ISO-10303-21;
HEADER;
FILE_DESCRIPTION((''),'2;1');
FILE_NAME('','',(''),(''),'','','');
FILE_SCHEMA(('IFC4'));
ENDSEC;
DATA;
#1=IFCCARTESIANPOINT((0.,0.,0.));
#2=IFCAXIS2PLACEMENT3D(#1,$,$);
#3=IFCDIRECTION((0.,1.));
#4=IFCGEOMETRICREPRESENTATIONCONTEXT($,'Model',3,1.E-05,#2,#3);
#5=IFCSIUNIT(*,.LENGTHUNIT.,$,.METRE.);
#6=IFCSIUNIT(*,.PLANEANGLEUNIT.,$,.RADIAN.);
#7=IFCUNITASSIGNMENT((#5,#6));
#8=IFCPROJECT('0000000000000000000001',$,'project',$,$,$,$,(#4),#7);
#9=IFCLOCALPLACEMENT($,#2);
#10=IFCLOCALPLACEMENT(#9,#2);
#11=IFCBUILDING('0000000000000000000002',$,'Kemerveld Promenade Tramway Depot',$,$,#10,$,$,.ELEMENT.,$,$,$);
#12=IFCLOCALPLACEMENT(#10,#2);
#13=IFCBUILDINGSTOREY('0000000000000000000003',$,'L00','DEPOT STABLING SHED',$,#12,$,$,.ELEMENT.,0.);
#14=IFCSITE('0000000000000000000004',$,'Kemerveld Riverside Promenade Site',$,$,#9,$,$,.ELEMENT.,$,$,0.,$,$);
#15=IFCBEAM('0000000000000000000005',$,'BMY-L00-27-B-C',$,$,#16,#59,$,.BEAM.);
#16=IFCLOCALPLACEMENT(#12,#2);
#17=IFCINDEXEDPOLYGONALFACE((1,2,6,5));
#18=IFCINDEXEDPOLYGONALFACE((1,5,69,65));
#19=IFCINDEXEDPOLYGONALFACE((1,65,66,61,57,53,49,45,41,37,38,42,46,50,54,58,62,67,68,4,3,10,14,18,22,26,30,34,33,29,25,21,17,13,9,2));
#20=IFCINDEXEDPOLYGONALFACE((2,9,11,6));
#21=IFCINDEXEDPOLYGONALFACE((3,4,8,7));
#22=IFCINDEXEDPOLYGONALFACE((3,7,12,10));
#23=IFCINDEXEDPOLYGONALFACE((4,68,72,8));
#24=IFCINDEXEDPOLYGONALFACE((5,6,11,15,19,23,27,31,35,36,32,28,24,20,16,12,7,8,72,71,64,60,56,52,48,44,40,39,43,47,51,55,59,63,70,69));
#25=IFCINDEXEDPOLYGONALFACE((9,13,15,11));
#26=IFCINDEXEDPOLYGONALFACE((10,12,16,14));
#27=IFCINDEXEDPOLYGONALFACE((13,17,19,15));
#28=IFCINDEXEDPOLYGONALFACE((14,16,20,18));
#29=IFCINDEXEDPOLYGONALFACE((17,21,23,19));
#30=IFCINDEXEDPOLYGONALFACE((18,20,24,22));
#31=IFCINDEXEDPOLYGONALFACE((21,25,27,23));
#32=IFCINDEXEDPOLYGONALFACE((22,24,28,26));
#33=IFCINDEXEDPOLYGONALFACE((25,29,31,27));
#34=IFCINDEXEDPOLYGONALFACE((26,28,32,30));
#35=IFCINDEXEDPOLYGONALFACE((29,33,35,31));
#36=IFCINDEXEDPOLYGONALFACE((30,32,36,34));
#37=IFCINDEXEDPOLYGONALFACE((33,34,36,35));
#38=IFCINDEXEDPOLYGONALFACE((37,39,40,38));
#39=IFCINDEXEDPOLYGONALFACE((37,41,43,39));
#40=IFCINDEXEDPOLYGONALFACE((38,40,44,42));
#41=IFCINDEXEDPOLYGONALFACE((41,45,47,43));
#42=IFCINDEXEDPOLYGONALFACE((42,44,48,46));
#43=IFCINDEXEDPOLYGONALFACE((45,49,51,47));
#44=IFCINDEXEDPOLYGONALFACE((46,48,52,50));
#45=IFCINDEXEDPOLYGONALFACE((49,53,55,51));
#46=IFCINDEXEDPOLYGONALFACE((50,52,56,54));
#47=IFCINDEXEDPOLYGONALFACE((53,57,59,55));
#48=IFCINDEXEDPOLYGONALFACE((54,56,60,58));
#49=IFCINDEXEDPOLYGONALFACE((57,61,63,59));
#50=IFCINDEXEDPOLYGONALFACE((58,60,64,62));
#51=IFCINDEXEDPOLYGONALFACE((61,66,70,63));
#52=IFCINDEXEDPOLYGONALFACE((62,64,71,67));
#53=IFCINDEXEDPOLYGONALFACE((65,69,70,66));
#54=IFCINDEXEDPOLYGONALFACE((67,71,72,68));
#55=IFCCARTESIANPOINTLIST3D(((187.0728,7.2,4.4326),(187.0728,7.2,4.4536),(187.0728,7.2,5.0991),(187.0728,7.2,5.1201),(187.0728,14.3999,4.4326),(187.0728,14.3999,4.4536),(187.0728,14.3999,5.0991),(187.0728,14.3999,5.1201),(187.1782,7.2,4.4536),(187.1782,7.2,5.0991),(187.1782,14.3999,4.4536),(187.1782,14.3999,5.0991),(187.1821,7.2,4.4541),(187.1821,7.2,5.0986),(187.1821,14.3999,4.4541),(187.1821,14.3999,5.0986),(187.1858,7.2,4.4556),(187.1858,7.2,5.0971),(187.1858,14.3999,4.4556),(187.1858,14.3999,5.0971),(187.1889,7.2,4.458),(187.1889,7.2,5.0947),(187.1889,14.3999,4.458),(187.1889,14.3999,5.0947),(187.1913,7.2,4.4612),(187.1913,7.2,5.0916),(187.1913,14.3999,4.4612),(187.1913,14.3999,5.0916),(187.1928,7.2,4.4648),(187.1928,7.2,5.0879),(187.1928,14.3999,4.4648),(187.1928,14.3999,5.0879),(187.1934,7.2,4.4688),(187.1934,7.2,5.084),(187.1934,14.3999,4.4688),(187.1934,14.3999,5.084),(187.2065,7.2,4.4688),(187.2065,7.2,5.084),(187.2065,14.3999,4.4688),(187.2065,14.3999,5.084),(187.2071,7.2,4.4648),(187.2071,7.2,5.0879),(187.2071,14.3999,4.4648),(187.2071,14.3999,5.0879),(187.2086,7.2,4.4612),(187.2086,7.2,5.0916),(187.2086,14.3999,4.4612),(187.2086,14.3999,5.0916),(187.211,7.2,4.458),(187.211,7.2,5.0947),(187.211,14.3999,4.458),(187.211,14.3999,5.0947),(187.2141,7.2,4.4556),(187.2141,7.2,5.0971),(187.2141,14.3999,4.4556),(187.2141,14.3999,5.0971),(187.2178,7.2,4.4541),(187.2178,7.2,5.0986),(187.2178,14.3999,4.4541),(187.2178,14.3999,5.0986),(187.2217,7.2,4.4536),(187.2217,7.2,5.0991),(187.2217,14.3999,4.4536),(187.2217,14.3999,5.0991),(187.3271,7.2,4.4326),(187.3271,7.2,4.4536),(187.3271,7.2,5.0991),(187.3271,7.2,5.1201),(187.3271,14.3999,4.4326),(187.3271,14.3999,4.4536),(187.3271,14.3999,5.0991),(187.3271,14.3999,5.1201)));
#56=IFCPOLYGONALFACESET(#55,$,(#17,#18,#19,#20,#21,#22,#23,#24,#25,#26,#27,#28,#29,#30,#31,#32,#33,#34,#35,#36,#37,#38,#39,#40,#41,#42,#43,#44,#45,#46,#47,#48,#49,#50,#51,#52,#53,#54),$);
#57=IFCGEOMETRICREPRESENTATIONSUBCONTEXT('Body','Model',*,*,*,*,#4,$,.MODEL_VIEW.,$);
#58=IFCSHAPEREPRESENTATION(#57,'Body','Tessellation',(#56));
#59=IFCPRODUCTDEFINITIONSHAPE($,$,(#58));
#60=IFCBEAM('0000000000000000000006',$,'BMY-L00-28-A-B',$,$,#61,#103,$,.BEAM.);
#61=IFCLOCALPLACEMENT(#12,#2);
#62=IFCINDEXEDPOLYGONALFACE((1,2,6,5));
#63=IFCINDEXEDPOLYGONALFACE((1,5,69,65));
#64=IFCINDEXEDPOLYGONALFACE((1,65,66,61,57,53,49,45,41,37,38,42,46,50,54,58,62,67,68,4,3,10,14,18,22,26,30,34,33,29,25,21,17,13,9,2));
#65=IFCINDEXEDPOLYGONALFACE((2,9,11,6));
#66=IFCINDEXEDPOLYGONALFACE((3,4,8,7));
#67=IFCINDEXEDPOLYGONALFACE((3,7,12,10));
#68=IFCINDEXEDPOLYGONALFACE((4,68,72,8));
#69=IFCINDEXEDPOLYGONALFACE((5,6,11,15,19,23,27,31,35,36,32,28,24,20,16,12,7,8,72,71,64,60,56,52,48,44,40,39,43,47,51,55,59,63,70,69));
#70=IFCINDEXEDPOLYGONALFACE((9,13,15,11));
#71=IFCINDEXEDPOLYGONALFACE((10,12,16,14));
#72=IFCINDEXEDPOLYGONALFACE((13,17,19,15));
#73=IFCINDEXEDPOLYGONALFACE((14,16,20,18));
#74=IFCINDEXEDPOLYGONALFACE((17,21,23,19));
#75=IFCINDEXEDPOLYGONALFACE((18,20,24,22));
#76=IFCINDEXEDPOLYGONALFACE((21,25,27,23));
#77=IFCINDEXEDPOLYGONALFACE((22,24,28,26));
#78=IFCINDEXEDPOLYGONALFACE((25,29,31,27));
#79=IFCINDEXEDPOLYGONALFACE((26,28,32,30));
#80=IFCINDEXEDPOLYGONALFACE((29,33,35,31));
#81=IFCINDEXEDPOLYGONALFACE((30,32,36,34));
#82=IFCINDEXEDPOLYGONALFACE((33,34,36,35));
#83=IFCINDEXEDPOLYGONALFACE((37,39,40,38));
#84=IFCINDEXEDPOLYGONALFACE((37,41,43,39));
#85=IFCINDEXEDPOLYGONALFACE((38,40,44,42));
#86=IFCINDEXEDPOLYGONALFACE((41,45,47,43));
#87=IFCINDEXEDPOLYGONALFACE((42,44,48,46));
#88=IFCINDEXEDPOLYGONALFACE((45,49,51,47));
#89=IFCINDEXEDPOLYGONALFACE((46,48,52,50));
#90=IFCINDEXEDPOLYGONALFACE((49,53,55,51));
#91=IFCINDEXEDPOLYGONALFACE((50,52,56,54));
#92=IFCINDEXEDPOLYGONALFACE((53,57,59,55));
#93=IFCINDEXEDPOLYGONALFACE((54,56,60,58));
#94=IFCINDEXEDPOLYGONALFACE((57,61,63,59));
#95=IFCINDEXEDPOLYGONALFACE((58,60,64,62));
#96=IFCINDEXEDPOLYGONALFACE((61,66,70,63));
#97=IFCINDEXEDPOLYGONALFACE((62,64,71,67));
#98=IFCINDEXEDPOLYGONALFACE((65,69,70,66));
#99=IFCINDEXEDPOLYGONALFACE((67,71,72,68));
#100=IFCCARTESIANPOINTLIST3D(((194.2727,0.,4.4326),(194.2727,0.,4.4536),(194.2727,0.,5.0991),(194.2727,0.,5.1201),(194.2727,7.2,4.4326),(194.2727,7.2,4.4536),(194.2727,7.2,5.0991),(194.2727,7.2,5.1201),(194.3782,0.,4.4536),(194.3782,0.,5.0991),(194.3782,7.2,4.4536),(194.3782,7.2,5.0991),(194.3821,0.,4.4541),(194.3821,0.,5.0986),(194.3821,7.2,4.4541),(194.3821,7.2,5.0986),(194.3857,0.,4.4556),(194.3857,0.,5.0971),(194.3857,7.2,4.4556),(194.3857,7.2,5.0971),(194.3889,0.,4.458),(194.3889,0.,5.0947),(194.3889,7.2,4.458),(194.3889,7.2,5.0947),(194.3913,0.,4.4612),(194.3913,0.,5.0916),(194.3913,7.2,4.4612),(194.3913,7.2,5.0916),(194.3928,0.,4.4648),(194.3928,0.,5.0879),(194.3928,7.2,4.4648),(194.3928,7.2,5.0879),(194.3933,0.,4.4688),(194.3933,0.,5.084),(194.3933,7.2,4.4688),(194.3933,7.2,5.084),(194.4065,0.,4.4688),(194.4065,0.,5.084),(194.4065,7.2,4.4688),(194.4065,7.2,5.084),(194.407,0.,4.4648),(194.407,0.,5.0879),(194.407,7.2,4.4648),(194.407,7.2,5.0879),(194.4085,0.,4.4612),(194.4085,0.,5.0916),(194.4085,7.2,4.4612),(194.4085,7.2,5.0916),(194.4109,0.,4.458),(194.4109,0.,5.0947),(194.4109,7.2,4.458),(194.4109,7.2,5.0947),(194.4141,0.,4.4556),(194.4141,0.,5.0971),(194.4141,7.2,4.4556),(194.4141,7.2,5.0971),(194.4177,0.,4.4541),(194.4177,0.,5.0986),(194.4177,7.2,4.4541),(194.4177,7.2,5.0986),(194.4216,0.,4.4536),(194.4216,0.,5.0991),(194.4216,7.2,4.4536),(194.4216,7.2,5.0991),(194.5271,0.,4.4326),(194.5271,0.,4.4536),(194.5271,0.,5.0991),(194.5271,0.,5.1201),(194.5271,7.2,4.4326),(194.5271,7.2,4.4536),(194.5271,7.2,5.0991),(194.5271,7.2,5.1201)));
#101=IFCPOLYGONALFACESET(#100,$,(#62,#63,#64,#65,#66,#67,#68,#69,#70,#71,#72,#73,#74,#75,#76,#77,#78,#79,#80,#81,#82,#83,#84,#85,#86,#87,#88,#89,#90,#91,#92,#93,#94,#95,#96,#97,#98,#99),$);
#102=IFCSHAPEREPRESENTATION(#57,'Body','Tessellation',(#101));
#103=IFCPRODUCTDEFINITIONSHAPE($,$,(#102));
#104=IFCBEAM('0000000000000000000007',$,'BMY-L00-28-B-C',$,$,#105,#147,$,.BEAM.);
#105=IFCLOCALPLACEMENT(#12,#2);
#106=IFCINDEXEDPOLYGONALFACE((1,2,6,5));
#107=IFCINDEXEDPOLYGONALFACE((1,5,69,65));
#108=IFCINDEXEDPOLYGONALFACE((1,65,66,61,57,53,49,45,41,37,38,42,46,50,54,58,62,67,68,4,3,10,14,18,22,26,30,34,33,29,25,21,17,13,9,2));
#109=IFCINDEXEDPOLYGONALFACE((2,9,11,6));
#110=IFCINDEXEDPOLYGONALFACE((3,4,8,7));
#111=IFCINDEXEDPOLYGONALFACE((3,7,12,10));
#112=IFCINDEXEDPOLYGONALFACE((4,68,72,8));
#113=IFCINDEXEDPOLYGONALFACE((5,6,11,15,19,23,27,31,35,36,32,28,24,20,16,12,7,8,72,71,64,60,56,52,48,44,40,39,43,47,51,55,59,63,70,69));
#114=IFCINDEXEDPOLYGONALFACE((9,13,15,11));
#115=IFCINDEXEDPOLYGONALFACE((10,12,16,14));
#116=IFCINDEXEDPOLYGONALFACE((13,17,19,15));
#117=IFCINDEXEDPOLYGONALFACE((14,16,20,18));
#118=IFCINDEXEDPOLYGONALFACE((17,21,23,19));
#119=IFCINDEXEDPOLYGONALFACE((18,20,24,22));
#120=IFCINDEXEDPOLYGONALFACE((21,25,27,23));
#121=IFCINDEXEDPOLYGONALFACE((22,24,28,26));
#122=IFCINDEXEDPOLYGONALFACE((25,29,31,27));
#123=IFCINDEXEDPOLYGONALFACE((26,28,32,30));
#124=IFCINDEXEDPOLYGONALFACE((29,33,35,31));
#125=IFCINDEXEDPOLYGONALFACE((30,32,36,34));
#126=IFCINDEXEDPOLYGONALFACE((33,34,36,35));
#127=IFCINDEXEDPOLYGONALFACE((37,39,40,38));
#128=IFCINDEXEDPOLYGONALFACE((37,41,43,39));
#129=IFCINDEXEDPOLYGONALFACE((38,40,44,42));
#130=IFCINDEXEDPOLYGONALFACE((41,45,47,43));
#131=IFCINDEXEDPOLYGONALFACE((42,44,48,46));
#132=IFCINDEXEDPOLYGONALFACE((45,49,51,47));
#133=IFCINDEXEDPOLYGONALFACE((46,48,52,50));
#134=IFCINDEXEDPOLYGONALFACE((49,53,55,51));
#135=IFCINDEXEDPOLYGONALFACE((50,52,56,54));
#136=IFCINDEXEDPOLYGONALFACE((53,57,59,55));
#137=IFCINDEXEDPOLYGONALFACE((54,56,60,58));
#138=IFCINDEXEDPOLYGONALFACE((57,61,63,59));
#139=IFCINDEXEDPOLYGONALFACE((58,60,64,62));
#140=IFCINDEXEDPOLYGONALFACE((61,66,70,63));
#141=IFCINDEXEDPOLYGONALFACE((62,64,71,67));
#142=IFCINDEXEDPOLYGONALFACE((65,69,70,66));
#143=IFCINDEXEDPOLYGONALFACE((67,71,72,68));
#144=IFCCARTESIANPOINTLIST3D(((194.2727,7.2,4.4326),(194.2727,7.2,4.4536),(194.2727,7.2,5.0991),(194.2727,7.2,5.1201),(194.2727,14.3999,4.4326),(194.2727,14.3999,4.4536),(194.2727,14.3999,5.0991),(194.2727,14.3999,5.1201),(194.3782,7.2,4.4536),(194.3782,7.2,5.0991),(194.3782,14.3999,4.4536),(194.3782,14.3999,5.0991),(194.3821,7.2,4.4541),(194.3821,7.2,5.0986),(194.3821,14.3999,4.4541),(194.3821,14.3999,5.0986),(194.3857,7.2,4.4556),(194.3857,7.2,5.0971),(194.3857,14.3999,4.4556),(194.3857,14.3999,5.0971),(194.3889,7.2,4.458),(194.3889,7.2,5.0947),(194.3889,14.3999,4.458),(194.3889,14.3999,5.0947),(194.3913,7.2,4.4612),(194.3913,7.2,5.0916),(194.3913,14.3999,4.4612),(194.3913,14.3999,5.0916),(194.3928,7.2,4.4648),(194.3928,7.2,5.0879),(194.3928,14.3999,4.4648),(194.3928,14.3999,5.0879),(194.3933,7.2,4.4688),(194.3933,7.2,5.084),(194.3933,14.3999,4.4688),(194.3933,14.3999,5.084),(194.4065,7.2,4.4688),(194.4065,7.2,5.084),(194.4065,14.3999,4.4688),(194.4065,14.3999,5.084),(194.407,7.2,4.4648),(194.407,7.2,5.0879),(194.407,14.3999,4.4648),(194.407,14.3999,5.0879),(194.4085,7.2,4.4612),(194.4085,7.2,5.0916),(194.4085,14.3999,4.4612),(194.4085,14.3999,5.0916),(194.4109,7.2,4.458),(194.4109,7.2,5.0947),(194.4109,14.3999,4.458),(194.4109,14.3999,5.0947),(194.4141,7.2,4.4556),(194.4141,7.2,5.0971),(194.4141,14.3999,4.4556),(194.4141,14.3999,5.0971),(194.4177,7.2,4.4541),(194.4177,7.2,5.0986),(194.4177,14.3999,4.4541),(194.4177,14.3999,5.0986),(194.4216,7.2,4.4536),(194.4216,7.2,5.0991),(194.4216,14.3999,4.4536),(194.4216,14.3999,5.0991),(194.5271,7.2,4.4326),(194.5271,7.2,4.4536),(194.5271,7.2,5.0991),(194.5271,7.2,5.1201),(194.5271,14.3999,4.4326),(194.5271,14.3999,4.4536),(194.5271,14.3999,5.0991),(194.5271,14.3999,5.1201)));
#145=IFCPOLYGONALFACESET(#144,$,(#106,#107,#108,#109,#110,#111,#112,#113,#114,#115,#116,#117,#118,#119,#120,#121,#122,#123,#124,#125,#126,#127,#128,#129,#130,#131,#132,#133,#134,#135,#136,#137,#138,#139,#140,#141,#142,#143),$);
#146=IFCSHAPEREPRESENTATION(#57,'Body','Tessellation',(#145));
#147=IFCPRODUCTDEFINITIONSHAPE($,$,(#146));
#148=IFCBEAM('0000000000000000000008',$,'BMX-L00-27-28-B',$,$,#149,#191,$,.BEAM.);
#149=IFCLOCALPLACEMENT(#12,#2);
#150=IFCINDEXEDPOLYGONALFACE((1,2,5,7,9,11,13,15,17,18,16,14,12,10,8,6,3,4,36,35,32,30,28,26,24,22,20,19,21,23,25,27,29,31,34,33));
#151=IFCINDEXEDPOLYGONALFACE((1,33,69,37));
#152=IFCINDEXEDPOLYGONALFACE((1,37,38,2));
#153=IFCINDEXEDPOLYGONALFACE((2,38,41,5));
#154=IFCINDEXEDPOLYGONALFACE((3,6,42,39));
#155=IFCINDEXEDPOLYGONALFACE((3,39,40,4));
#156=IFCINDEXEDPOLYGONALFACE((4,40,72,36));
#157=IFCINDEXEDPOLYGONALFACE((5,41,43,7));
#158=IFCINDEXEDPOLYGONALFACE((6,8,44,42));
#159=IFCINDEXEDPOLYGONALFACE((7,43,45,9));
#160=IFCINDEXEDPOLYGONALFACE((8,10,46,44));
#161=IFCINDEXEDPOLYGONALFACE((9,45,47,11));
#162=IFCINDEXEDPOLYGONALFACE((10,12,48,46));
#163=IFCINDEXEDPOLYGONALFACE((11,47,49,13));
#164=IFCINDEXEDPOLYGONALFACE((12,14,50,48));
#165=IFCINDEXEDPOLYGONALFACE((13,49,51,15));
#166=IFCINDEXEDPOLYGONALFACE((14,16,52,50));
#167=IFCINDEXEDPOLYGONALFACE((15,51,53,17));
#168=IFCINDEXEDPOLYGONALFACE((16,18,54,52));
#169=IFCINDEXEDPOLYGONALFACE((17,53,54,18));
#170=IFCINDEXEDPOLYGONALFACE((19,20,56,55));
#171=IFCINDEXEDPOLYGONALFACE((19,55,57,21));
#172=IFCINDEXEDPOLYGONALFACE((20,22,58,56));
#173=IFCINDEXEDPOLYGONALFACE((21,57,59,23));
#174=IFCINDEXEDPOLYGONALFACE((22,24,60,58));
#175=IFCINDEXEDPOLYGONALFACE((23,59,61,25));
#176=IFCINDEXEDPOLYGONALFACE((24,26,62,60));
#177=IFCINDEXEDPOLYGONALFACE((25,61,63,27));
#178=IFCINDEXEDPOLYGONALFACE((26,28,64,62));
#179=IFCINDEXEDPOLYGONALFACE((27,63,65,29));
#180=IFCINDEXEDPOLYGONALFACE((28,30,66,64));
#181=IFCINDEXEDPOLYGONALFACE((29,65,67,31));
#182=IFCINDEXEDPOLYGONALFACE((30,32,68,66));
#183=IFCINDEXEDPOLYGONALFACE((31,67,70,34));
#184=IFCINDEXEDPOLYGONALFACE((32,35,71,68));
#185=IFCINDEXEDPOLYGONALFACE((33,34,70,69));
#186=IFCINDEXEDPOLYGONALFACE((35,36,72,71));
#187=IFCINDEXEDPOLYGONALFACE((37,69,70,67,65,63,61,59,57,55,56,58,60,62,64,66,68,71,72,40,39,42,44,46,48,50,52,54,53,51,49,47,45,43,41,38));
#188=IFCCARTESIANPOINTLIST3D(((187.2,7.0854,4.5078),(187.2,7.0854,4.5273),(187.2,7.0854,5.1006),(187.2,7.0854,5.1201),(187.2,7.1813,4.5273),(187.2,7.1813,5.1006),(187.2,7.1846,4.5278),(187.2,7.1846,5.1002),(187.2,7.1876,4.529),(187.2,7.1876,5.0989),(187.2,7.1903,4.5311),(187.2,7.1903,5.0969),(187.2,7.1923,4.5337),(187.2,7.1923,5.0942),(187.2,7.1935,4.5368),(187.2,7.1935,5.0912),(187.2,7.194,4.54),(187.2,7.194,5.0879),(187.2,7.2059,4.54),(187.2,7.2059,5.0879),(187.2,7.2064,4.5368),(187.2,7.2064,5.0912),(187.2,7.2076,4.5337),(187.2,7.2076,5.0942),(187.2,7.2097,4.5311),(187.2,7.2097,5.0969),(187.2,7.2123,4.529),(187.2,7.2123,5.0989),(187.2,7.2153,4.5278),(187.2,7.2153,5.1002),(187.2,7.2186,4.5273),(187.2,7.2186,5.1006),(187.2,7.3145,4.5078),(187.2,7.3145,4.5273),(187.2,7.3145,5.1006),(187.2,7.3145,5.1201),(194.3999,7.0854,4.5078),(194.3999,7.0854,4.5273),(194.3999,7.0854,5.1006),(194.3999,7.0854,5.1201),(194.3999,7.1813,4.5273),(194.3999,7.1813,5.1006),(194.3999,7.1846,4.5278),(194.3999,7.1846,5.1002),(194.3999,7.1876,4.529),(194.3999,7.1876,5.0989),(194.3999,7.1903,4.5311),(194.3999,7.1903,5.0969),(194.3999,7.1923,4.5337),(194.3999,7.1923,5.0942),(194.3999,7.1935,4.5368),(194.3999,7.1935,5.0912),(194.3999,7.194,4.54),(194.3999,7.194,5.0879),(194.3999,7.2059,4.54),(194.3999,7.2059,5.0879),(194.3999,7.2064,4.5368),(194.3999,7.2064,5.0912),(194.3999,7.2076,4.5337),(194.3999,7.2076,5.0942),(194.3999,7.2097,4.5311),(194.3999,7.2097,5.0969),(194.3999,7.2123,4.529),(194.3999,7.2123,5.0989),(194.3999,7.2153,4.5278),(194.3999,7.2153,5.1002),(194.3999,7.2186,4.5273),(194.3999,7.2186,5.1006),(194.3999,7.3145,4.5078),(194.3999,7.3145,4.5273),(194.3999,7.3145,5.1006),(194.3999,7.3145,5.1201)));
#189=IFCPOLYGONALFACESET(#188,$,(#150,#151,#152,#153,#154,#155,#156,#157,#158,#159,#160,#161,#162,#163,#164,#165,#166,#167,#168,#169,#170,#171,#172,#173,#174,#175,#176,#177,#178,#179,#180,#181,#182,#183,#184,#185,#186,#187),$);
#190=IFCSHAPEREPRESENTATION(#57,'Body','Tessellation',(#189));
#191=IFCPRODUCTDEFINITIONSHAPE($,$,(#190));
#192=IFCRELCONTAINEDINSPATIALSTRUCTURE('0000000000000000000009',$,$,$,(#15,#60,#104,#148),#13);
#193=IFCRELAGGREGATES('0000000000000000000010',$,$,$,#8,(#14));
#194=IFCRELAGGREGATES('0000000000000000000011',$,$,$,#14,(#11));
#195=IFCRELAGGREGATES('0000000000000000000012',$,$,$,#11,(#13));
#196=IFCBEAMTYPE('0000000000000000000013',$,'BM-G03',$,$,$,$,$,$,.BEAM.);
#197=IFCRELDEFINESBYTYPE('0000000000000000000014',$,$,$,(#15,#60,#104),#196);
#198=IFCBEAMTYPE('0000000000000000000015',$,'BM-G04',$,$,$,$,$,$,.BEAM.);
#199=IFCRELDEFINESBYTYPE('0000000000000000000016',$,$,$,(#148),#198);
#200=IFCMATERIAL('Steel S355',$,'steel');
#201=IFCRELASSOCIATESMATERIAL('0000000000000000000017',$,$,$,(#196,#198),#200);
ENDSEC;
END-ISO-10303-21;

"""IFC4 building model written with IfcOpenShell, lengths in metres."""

from ifc_helpers import new_model, si_unit, direction, frame, origin, origin_2d, place, context, subcontext, project, spatial, i_section, extrude, material, material_profile, profile_set, type_object, element, save


model = new_model("IFC4")

# Units and contexts
model_context = context("Model", 3, precision=1e-05, world=origin(), true_north=direction((0.0, 1.0)))
body_context = subcontext(model_context, "Body", "Model", "MODEL_VIEW")
ifc_project = project(units=[si_unit("LENGTHUNIT", "METRE"), si_unit("PLANEANGLEUNIT", "RADIAN")], contexts=[model_context])

# Site, building, storey
site_placement = place(None, origin())
site = spatial("IfcSite", under=ifc_project, at=site_placement, Name="Kemerveld Riverside Promenade Site", CompositionType="ELEMENT", RefElevation=0.0)
building_placement = place(site_placement, origin())
building = spatial("IfcBuilding", under=site, at=building_placement, Name="Kemerveld Promenade Tramway Depot", CompositionType="ELEMENT")
storey_placement = place(building_placement, origin())
storey = spatial("IfcBuildingStorey", under=building, at=storey_placement, Name="L00", Description="DEPOT STABLING SHED", CompositionType="ELEMENT", Elevation=0.0)

# Shared definitions
ifc_material_1 = material(Name="Steel S355", Category="steel")

# Beams
ifc_material_profile_1 = material_profile(ifc_material_1, i_section(OverallWidth=0.2544, OverallDepth=0.6875, WebThickness=0.0132, FlangeThickness=0.021, FilletRadius=0.0151, at=origin_2d()), Name="686x254x152 UB")
ifc_profile_set_1 = profile_set([ifc_material_profile_1], Name="Steel S355")
beam_type_1 = type_object("IfcBeamType", Name="BM-G03", PredefinedType="BEAM", material=ifc_profile_set_1)
for number, where, z_axis, x_axis, name in (
    (1, (187.2, 7.2, 4.7764), (0.0, 1.0, 0.0), (-1.0, 0.0, 0.0), "BMY-L00-27-B-C"),
    (2, (194.3999, 0.0, 4.7764), (0.0, 1.0, 0.0), (-1.0, 0.0, 0.0), "BMY-L00-28-A-B"),
    (3, (194.3999, 7.2, 4.7764), (0.0, 1.0, 0.0), (-1.0, 0.0, 0.0), "BMY-L00-28-B-C"),
):
    element("IfcBeam", number, at=place(storey_placement, frame(where, z_axis=z_axis, x_axis=x_axis)), inside=storey, type_object=beam_type_1, Name=name, PredefinedType="BEAM", context=body_context, shape_type="SweptSolid", body=[
        extrude(i_section(OverallWidth=0.2544, OverallDepth=0.6875, WebThickness=0.0132, FlangeThickness=0.021, FilletRadius=0.0151, at=origin_2d()), origin(), (0.0, 0.0, 1.0), 7.2),
    ])
ifc_material_profile_2 = material_profile(ifc_material_1, i_section(OverallWidth=0.229, OverallDepth=0.6123, WebThickness=0.012, FlangeThickness=0.0195, FilletRadius=0.0127, at=origin_2d()), Name="610x229x125 UB")
ifc_profile_set_2 = profile_set([ifc_material_profile_2], Name="Steel S355")
beam_type_2 = type_object("IfcBeamType", Name="BM-G04", PredefinedType="BEAM", material=ifc_profile_set_2)
beam_1_placement = place(storey_placement, frame((187.2, 7.2, 4.814), z_axis=(1.0, 0.0, 0.0), x_axis=(0.0, 1.0, 0.0)))
element("IfcBeam", 4, at=beam_1_placement, inside=storey, type_object=beam_type_2, Name="BMX-L00-27-28-B", PredefinedType="BEAM", context=body_context, shape_type="SweptSolid", body=[
    extrude(i_section(OverallWidth=0.229, OverallDepth=0.6123, WebThickness=0.012, FlangeThickness=0.0195, FilletRadius=0.0127, at=origin_2d()), origin(), (0.0, 0.0, 1.0), 7.2),
])

save(model, "model.ifc")
